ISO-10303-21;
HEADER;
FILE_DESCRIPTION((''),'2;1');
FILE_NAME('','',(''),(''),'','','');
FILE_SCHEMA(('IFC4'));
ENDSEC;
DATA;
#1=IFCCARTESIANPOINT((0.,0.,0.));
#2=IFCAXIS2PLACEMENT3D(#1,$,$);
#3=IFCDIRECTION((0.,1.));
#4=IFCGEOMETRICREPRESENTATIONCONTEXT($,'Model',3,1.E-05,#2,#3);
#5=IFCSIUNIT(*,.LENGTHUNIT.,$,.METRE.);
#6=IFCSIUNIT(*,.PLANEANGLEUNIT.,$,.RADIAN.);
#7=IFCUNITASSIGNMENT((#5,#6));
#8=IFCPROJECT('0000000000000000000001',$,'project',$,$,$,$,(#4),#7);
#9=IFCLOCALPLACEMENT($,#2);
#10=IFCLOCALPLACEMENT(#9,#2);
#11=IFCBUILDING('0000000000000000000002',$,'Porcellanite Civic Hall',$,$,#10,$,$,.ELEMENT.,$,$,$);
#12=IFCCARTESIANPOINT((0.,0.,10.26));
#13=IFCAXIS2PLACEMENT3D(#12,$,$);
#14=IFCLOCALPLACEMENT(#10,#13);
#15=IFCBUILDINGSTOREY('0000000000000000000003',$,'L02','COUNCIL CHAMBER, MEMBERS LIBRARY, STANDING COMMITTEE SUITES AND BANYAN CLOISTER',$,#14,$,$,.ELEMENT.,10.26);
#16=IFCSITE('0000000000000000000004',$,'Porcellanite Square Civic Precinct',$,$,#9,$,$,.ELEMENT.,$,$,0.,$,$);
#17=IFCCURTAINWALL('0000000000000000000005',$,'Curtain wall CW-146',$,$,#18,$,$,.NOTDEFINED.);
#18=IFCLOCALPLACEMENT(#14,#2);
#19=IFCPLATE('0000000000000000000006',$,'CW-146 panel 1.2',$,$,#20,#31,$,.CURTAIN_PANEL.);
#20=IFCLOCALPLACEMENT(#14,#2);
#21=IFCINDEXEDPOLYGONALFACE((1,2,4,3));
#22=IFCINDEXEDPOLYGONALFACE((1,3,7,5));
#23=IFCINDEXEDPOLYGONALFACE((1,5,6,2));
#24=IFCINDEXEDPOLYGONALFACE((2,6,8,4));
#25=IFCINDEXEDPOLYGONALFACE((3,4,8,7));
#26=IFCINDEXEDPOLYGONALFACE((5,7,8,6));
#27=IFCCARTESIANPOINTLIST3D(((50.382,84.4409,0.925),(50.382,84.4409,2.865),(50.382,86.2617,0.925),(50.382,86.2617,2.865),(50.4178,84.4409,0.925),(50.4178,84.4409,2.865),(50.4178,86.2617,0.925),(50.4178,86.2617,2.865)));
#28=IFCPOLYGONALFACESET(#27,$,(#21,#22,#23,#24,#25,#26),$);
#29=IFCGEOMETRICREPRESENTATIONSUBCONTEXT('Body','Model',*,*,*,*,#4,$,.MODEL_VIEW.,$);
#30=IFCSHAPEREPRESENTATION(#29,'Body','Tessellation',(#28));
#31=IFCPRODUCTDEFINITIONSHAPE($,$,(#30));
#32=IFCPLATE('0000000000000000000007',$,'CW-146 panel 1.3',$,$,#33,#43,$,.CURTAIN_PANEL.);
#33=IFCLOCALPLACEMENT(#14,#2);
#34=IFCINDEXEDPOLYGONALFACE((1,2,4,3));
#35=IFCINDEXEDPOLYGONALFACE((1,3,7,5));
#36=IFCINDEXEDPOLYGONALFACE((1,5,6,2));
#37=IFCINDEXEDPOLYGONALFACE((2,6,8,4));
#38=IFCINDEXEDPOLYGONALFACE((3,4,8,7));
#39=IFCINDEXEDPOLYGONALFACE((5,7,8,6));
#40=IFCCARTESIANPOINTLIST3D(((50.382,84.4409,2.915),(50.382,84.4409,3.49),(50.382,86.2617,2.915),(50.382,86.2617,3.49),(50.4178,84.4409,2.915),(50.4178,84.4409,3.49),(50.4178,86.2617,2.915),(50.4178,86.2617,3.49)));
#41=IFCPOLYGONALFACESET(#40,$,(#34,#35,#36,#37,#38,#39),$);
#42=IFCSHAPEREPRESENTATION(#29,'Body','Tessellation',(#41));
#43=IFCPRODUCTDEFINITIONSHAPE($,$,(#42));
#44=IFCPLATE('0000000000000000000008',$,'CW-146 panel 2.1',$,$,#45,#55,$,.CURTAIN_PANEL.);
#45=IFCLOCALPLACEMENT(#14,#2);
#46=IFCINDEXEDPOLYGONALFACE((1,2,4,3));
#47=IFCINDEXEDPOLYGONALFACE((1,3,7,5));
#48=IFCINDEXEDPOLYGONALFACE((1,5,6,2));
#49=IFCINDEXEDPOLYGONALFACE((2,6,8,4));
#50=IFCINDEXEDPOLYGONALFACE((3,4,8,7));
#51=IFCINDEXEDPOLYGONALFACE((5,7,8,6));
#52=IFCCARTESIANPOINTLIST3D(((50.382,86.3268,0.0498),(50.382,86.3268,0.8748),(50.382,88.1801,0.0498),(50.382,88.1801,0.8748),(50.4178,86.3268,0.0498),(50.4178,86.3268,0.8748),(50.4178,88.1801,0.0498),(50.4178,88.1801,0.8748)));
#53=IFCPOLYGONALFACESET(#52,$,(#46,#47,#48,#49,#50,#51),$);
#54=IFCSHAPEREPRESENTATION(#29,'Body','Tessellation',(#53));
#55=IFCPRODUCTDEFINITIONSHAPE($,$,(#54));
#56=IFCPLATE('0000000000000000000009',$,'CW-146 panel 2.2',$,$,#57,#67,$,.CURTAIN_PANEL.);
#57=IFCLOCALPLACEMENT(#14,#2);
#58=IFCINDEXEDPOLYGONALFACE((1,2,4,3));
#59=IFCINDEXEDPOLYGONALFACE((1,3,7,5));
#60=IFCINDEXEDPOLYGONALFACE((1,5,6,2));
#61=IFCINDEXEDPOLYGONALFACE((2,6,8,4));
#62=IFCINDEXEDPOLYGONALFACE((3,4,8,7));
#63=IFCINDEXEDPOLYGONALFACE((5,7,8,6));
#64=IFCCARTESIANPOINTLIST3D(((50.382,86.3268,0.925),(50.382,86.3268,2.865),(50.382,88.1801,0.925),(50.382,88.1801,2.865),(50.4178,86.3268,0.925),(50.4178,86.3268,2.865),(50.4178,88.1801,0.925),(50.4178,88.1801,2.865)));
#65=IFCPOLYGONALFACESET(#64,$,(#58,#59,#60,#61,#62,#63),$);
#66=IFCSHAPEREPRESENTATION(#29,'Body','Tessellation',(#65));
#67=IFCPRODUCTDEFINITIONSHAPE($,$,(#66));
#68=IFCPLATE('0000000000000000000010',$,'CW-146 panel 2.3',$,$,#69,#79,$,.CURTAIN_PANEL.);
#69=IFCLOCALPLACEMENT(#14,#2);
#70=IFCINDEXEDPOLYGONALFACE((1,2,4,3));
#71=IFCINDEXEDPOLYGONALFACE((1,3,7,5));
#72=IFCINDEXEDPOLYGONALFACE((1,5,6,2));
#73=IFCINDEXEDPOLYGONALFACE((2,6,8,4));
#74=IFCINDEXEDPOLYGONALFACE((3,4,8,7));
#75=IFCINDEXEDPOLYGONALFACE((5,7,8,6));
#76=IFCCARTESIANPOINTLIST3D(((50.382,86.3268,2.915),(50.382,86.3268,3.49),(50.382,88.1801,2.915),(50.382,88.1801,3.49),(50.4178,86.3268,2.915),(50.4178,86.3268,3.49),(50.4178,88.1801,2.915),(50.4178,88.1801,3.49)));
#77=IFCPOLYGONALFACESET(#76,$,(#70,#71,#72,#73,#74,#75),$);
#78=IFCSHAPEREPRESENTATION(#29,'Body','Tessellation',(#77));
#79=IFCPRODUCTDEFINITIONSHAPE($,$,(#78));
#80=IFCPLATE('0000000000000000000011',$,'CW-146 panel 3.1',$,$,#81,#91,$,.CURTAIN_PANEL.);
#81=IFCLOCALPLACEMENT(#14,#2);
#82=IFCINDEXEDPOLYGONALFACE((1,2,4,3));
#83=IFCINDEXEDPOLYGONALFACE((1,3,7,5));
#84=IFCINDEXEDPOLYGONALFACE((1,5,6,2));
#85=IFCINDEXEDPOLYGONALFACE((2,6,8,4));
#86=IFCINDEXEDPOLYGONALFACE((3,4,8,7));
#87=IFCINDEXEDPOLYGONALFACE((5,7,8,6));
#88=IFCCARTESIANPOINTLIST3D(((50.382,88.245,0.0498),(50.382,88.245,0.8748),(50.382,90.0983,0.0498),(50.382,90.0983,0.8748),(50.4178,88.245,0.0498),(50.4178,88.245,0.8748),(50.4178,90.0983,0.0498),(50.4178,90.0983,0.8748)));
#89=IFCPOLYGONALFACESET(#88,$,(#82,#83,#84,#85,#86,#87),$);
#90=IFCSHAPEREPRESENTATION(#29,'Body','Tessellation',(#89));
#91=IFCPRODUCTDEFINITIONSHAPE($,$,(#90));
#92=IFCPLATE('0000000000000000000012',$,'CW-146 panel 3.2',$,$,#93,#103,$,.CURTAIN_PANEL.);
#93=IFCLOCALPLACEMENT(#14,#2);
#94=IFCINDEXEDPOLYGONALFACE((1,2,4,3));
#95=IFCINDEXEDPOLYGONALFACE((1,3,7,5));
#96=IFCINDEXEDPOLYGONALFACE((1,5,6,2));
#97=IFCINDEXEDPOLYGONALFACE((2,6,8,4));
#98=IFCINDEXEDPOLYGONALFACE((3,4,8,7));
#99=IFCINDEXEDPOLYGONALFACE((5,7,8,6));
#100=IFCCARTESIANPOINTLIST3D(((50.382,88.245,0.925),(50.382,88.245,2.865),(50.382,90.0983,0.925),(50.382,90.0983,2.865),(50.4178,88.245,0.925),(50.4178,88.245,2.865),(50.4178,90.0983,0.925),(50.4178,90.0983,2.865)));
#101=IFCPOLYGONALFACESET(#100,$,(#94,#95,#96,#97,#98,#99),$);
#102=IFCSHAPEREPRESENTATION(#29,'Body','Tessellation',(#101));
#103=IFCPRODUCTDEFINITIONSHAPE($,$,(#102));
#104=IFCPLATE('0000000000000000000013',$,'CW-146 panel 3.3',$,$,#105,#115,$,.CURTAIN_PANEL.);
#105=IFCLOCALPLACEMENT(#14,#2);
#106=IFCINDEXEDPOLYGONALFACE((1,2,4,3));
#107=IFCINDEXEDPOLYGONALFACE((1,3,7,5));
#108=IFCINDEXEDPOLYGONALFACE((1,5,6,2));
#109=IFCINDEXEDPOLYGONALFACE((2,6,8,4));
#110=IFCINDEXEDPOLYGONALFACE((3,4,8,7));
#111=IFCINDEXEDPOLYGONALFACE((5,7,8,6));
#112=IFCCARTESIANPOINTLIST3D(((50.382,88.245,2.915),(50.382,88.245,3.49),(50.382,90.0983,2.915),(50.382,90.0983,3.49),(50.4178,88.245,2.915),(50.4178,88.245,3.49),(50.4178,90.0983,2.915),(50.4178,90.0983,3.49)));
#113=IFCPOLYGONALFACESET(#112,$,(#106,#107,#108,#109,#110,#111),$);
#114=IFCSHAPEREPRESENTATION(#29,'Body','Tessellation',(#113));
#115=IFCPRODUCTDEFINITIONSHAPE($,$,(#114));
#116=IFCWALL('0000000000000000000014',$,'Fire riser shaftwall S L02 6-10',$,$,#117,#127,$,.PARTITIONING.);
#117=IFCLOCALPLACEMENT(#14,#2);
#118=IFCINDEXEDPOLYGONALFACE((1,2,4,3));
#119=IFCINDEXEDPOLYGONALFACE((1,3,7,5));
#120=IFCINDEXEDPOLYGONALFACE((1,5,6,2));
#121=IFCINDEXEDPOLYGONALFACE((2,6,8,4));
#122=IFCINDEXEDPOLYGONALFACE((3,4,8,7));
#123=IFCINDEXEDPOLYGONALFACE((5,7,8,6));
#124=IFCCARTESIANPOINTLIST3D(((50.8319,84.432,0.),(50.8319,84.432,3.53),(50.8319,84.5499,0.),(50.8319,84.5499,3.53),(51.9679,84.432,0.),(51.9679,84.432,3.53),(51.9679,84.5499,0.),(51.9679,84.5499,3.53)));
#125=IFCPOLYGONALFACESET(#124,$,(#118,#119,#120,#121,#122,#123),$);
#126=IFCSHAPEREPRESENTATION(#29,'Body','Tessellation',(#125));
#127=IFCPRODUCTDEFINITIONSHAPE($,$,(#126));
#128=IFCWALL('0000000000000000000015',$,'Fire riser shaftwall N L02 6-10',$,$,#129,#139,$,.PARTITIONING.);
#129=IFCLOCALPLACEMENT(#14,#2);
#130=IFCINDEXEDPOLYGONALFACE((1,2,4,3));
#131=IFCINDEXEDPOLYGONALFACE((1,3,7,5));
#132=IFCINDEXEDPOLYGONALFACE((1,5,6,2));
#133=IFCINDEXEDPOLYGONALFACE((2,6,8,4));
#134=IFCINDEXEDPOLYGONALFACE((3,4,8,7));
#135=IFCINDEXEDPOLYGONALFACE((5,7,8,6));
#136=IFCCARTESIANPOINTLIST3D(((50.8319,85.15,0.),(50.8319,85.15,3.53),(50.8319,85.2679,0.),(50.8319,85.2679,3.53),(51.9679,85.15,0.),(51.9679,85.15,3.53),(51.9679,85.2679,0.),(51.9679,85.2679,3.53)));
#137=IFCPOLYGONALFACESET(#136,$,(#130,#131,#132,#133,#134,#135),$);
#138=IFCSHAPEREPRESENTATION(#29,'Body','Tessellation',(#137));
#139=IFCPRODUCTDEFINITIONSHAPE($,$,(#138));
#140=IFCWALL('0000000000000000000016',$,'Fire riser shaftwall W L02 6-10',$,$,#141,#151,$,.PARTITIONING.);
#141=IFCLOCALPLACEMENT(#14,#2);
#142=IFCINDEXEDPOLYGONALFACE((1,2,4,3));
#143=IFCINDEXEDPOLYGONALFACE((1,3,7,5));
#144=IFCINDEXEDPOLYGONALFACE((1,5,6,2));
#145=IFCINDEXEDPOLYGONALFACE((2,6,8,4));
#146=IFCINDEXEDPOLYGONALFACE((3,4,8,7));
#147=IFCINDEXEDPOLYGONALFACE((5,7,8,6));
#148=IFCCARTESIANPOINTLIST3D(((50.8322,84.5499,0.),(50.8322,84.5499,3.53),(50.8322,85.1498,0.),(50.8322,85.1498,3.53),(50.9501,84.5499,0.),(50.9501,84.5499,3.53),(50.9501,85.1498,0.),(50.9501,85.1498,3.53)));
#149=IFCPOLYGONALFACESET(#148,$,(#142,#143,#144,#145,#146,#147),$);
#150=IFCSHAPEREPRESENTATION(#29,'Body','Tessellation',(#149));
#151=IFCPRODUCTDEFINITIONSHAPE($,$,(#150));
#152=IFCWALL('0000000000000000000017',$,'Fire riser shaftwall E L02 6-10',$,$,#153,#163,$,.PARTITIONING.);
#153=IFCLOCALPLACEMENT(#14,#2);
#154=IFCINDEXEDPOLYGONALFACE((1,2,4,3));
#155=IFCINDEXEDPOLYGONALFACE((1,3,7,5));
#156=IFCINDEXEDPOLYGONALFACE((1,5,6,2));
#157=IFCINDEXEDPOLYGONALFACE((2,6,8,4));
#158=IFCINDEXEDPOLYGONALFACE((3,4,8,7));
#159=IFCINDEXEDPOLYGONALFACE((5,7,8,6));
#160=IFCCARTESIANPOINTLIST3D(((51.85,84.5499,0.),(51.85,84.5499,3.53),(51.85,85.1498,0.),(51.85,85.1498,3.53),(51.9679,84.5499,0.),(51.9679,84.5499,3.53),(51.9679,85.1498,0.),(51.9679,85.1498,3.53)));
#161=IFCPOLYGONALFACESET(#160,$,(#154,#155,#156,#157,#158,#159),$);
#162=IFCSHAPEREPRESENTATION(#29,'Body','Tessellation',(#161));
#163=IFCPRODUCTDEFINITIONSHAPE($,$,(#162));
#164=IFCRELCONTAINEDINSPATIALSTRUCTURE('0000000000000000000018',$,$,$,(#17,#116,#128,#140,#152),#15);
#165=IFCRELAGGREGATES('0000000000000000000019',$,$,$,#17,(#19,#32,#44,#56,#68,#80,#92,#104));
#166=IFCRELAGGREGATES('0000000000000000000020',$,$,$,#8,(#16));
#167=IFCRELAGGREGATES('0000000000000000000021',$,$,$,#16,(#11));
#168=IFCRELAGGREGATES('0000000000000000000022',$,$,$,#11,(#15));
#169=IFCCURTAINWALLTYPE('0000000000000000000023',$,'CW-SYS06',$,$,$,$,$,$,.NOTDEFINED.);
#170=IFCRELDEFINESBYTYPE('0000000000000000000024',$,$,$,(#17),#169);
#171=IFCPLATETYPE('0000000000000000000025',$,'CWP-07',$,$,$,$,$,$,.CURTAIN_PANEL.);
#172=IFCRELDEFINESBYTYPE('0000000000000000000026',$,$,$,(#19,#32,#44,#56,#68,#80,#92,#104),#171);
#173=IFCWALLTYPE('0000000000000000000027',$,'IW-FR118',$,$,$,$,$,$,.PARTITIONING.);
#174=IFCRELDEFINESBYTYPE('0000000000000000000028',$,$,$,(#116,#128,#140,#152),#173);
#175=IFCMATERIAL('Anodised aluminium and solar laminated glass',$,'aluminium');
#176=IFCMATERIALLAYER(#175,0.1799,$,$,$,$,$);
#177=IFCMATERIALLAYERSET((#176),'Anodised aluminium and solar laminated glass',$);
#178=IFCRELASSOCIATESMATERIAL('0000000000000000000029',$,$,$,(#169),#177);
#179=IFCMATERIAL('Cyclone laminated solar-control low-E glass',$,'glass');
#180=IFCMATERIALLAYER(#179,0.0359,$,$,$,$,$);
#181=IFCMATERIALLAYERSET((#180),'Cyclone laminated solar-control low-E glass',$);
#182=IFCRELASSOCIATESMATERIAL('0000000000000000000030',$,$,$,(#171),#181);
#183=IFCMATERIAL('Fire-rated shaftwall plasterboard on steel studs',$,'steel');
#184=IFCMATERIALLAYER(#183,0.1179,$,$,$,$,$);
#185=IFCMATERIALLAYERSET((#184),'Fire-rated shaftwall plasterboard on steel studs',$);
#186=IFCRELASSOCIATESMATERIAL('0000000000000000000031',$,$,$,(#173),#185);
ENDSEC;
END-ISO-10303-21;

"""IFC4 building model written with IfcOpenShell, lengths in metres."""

from ifc_helpers import new_model, si_unit, direction, frame, frame_2d, origin, origin_2d, place, context, subcontext, project, spatial, rectangle, extrude, material, layer, layer_set, type_object, element, aggregate, save


model = new_model("IFC4")

# Units and contexts
model_context = context("Model", 3, precision=1e-05, world=origin(), true_north=direction((0.0, 1.0)))
body_context = subcontext(model_context, "Body", "Model", "MODEL_VIEW")
ifc_project = project(units=[si_unit("LENGTHUNIT", "METRE"), si_unit("PLANEANGLEUNIT", "RADIAN")], contexts=[model_context])

# Site, building, storey
site_placement = place(None, origin())
site = spatial("IfcSite", under=ifc_project, at=site_placement, Name="Porcellanite Square Civic Precinct", CompositionType="ELEMENT", RefElevation=0.0)
building_placement = place(site_placement, origin())
building = spatial("IfcBuilding", under=site, at=building_placement, Name="Porcellanite Civic Hall", CompositionType="ELEMENT")
storey_placement = place(building_placement, frame((0.0, 0.0, 10.26)))
storey = spatial("IfcBuildingStorey", under=building, at=storey_placement, Name="L02", Description="COUNCIL CHAMBER, MEMBERS LIBRARY, STANDING COMMITTEE SUITES AND BANYAN CLOISTER", CompositionType="ELEMENT", Elevation=10.26)

# Curtain wall, plates
ifc_material_1 = material(Name="Anodised aluminium and solar laminated glass", Category="aluminium")
ifc_layer_1 = layer(ifc_material_1, 0.1799)
ifc_layer_set_1 = layer_set([ifc_layer_1], Name="Anodised aluminium and solar laminated glass")
curtain_wall_type = type_object("IfcCurtainWallType", Name="CW-SYS06", PredefinedType="NOTDEFINED", material=ifc_layer_set_1)
curtain_wall_placement = place(storey_placement, origin())
curtain_wall = element("IfcCurtainWall", 1, at=curtain_wall_placement, inside=storey, type_object=curtain_wall_type, Name="Curtain wall CW-146", PredefinedType="NOTDEFINED")
ifc_material_2 = material(Name="Cyclone laminated solar-control low-E glass", Category="glass")
ifc_layer_2 = layer(ifc_material_2, 0.0359)
ifc_layer_set_2 = layer_set([ifc_layer_2], Name="Cyclone laminated solar-control low-E glass")
plate_type = type_object("IfcPlateType", Name="CWP-07", PredefinedType="CURTAIN_PANEL", material=ifc_layer_set_2)
plate_1_placement = place(storey_placement, frame((50.3999, 85.3513, 0.925), z_axis=(0.0, 0.0, 1.0), x_axis=(0.0, 1.0, 0.0)))
plate_1 = element("IfcPlate", 2, at=plate_1_placement, type_object=plate_type, Name="CW-146 panel 1.2", PredefinedType="CURTAIN_PANEL", context=body_context, shape_type="SweptSolid", body=[
    extrude(rectangle(XDim=1.8208, YDim=0.0359, at=origin_2d()), origin(), (0.0, 0.0, 1.0), 1.9399),
])
plate_2_placement = place(storey_placement, frame((50.3999, 85.3513, 2.915), z_axis=(0.0, 0.0, 1.0), x_axis=(0.0, 1.0, 0.0)))
plate_2 = element("IfcPlate", 3, at=plate_2_placement, type_object=plate_type, Name="CW-146 panel 1.3", PredefinedType="CURTAIN_PANEL", context=body_context, shape_type="SweptSolid", body=[
    extrude(rectangle(XDim=1.8208, YDim=0.0359, at=origin_2d()), origin(), (0.0, 0.0, 1.0), 0.575),
])
plate_3_placement = place(storey_placement, frame((50.3999, 87.2534, 0.0498), z_axis=(0.0, 0.0, 1.0), x_axis=(0.0, 1.0, 0.0)))
plate_3 = element("IfcPlate", 4, at=plate_3_placement, type_object=plate_type, Name="CW-146 panel 2.1", PredefinedType="CURTAIN_PANEL", context=body_context, shape_type="SweptSolid", body=[
    extrude(rectangle(XDim=1.8533, YDim=0.0359, at=origin_2d()), origin(), (0.0, 0.0, 1.0), 0.825),
])
plate_4_placement = place(storey_placement, frame((50.3999, 87.2534, 0.925), z_axis=(0.0, 0.0, 1.0), x_axis=(0.0, 1.0, 0.0)))
plate_4 = element("IfcPlate", 5, at=plate_4_placement, type_object=plate_type, Name="CW-146 panel 2.2", PredefinedType="CURTAIN_PANEL", context=body_context, shape_type="SweptSolid", body=[
    extrude(rectangle(XDim=1.8533, YDim=0.0359, at=origin_2d()), origin(), (0.0, 0.0, 1.0), 1.9399),
])
plate_5_placement = place(storey_placement, frame((50.3999, 87.2534, 2.915), z_axis=(0.0, 0.0, 1.0), x_axis=(0.0, 1.0, 0.0)))
plate_5 = element("IfcPlate", 6, at=plate_5_placement, type_object=plate_type, Name="CW-146 panel 2.3", PredefinedType="CURTAIN_PANEL", context=body_context, shape_type="SweptSolid", body=[
    extrude(rectangle(XDim=1.8533, YDim=0.0359, at=origin_2d()), origin(), (0.0, 0.0, 1.0), 0.575),
])
plate_6_placement = place(storey_placement, frame((50.3999, 89.1716, 0.0498), z_axis=(0.0, 0.0, 1.0), x_axis=(0.0, 1.0, 0.0)))
plate_6 = element("IfcPlate", 7, at=plate_6_placement, type_object=plate_type, Name="CW-146 panel 3.1", PredefinedType="CURTAIN_PANEL", context=body_context, shape_type="SweptSolid", body=[
    extrude(rectangle(XDim=1.8533, YDim=0.0359, at=origin_2d()), origin(), (0.0, 0.0, 1.0), 0.825),
])
plate_7_placement = place(storey_placement, frame((50.3999, 89.1716, 0.925), z_axis=(0.0, 0.0, 1.0), x_axis=(0.0, 1.0, 0.0)))
plate_7 = element("IfcPlate", 8, at=plate_7_placement, type_object=plate_type, Name="CW-146 panel 3.2", PredefinedType="CURTAIN_PANEL", context=body_context, shape_type="SweptSolid", body=[
    extrude(rectangle(XDim=1.8533, YDim=0.0359, at=origin_2d()), origin(), (0.0, 0.0, 1.0), 1.9399),
])
plate_8_placement = place(storey_placement, frame((50.3999, 89.1716, 2.915), z_axis=(0.0, 0.0, 1.0), x_axis=(0.0, 1.0, 0.0)))
plate_8 = element("IfcPlate", 9, at=plate_8_placement, type_object=plate_type, Name="CW-146 panel 3.3", PredefinedType="CURTAIN_PANEL", context=body_context, shape_type="SweptSolid", body=[
    extrude(rectangle(XDim=1.8533, YDim=0.0359, at=origin_2d()), origin(), (0.0, 0.0, 1.0), 0.575),
])
aggregate(curtain_wall, [plate_1, plate_2, plate_3, plate_4, plate_5, plate_6, plate_7, plate_8])

# Walls
ifc_material_3 = material(Name="Fire-rated shaftwall plasterboard on steel studs", Category="steel")
ifc_layer_3 = layer(ifc_material_3, 0.1179)
ifc_layer_set_3 = layer_set([ifc_layer_3], Name="Fire-rated shaftwall plasterboard on steel studs")
wall_type = type_object("IfcWallType", Name="IW-FR118", PredefinedType="PARTITIONING", material=ifc_layer_set_3)
for number, where, z_axis, x_axis, name in (
    (10, (50.832, 84.491, 0.0), (0.0, 0.0, 1.0), (1.0, 0.0, 0.0), "Fire riser shaftwall S L02 6-10"),
    (11, (50.832, 85.209, 0.0), (0.0, 0.0, 1.0), (1.0, 0.0, 0.0), "Fire riser shaftwall N L02 6-10"),
):
    element("IfcWall", number, at=place(storey_placement, frame(where, z_axis=z_axis, x_axis=x_axis)), inside=storey, type_object=wall_type, Name=name, PredefinedType="PARTITIONING", context=body_context, shape_type="SweptSolid", body=[
        extrude(rectangle(XDim=1.136, YDim=0.1179, at=frame_2d((0.5679, 0.0))), origin(), (0.0, 0.0, 1.0), 3.53),
    ])
for number, where, z_axis, x_axis, name in (
    (12, (50.8911, 84.55, 0.0), (0.0, 0.0, 1.0), (0.0, 1.0, 0.0), "Fire riser shaftwall W L02 6-10"),
    (13, (51.9089, 84.55, 0.0), (0.0, 0.0, 1.0), (0.0, 1.0, 0.0), "Fire riser shaftwall E L02 6-10"),
):
    element("IfcWall", number, at=place(storey_placement, frame(where, z_axis=z_axis, x_axis=x_axis)), inside=storey, type_object=wall_type, Name=name, PredefinedType="PARTITIONING", context=body_context, shape_type="SweptSolid", body=[
        extrude(rectangle(XDim=0.5999, YDim=0.1179, at=frame_2d((0.2998, 0.0))), origin(), (0.0, 0.0, 1.0), 3.53),
    ])

save(model, "model.ifc")
